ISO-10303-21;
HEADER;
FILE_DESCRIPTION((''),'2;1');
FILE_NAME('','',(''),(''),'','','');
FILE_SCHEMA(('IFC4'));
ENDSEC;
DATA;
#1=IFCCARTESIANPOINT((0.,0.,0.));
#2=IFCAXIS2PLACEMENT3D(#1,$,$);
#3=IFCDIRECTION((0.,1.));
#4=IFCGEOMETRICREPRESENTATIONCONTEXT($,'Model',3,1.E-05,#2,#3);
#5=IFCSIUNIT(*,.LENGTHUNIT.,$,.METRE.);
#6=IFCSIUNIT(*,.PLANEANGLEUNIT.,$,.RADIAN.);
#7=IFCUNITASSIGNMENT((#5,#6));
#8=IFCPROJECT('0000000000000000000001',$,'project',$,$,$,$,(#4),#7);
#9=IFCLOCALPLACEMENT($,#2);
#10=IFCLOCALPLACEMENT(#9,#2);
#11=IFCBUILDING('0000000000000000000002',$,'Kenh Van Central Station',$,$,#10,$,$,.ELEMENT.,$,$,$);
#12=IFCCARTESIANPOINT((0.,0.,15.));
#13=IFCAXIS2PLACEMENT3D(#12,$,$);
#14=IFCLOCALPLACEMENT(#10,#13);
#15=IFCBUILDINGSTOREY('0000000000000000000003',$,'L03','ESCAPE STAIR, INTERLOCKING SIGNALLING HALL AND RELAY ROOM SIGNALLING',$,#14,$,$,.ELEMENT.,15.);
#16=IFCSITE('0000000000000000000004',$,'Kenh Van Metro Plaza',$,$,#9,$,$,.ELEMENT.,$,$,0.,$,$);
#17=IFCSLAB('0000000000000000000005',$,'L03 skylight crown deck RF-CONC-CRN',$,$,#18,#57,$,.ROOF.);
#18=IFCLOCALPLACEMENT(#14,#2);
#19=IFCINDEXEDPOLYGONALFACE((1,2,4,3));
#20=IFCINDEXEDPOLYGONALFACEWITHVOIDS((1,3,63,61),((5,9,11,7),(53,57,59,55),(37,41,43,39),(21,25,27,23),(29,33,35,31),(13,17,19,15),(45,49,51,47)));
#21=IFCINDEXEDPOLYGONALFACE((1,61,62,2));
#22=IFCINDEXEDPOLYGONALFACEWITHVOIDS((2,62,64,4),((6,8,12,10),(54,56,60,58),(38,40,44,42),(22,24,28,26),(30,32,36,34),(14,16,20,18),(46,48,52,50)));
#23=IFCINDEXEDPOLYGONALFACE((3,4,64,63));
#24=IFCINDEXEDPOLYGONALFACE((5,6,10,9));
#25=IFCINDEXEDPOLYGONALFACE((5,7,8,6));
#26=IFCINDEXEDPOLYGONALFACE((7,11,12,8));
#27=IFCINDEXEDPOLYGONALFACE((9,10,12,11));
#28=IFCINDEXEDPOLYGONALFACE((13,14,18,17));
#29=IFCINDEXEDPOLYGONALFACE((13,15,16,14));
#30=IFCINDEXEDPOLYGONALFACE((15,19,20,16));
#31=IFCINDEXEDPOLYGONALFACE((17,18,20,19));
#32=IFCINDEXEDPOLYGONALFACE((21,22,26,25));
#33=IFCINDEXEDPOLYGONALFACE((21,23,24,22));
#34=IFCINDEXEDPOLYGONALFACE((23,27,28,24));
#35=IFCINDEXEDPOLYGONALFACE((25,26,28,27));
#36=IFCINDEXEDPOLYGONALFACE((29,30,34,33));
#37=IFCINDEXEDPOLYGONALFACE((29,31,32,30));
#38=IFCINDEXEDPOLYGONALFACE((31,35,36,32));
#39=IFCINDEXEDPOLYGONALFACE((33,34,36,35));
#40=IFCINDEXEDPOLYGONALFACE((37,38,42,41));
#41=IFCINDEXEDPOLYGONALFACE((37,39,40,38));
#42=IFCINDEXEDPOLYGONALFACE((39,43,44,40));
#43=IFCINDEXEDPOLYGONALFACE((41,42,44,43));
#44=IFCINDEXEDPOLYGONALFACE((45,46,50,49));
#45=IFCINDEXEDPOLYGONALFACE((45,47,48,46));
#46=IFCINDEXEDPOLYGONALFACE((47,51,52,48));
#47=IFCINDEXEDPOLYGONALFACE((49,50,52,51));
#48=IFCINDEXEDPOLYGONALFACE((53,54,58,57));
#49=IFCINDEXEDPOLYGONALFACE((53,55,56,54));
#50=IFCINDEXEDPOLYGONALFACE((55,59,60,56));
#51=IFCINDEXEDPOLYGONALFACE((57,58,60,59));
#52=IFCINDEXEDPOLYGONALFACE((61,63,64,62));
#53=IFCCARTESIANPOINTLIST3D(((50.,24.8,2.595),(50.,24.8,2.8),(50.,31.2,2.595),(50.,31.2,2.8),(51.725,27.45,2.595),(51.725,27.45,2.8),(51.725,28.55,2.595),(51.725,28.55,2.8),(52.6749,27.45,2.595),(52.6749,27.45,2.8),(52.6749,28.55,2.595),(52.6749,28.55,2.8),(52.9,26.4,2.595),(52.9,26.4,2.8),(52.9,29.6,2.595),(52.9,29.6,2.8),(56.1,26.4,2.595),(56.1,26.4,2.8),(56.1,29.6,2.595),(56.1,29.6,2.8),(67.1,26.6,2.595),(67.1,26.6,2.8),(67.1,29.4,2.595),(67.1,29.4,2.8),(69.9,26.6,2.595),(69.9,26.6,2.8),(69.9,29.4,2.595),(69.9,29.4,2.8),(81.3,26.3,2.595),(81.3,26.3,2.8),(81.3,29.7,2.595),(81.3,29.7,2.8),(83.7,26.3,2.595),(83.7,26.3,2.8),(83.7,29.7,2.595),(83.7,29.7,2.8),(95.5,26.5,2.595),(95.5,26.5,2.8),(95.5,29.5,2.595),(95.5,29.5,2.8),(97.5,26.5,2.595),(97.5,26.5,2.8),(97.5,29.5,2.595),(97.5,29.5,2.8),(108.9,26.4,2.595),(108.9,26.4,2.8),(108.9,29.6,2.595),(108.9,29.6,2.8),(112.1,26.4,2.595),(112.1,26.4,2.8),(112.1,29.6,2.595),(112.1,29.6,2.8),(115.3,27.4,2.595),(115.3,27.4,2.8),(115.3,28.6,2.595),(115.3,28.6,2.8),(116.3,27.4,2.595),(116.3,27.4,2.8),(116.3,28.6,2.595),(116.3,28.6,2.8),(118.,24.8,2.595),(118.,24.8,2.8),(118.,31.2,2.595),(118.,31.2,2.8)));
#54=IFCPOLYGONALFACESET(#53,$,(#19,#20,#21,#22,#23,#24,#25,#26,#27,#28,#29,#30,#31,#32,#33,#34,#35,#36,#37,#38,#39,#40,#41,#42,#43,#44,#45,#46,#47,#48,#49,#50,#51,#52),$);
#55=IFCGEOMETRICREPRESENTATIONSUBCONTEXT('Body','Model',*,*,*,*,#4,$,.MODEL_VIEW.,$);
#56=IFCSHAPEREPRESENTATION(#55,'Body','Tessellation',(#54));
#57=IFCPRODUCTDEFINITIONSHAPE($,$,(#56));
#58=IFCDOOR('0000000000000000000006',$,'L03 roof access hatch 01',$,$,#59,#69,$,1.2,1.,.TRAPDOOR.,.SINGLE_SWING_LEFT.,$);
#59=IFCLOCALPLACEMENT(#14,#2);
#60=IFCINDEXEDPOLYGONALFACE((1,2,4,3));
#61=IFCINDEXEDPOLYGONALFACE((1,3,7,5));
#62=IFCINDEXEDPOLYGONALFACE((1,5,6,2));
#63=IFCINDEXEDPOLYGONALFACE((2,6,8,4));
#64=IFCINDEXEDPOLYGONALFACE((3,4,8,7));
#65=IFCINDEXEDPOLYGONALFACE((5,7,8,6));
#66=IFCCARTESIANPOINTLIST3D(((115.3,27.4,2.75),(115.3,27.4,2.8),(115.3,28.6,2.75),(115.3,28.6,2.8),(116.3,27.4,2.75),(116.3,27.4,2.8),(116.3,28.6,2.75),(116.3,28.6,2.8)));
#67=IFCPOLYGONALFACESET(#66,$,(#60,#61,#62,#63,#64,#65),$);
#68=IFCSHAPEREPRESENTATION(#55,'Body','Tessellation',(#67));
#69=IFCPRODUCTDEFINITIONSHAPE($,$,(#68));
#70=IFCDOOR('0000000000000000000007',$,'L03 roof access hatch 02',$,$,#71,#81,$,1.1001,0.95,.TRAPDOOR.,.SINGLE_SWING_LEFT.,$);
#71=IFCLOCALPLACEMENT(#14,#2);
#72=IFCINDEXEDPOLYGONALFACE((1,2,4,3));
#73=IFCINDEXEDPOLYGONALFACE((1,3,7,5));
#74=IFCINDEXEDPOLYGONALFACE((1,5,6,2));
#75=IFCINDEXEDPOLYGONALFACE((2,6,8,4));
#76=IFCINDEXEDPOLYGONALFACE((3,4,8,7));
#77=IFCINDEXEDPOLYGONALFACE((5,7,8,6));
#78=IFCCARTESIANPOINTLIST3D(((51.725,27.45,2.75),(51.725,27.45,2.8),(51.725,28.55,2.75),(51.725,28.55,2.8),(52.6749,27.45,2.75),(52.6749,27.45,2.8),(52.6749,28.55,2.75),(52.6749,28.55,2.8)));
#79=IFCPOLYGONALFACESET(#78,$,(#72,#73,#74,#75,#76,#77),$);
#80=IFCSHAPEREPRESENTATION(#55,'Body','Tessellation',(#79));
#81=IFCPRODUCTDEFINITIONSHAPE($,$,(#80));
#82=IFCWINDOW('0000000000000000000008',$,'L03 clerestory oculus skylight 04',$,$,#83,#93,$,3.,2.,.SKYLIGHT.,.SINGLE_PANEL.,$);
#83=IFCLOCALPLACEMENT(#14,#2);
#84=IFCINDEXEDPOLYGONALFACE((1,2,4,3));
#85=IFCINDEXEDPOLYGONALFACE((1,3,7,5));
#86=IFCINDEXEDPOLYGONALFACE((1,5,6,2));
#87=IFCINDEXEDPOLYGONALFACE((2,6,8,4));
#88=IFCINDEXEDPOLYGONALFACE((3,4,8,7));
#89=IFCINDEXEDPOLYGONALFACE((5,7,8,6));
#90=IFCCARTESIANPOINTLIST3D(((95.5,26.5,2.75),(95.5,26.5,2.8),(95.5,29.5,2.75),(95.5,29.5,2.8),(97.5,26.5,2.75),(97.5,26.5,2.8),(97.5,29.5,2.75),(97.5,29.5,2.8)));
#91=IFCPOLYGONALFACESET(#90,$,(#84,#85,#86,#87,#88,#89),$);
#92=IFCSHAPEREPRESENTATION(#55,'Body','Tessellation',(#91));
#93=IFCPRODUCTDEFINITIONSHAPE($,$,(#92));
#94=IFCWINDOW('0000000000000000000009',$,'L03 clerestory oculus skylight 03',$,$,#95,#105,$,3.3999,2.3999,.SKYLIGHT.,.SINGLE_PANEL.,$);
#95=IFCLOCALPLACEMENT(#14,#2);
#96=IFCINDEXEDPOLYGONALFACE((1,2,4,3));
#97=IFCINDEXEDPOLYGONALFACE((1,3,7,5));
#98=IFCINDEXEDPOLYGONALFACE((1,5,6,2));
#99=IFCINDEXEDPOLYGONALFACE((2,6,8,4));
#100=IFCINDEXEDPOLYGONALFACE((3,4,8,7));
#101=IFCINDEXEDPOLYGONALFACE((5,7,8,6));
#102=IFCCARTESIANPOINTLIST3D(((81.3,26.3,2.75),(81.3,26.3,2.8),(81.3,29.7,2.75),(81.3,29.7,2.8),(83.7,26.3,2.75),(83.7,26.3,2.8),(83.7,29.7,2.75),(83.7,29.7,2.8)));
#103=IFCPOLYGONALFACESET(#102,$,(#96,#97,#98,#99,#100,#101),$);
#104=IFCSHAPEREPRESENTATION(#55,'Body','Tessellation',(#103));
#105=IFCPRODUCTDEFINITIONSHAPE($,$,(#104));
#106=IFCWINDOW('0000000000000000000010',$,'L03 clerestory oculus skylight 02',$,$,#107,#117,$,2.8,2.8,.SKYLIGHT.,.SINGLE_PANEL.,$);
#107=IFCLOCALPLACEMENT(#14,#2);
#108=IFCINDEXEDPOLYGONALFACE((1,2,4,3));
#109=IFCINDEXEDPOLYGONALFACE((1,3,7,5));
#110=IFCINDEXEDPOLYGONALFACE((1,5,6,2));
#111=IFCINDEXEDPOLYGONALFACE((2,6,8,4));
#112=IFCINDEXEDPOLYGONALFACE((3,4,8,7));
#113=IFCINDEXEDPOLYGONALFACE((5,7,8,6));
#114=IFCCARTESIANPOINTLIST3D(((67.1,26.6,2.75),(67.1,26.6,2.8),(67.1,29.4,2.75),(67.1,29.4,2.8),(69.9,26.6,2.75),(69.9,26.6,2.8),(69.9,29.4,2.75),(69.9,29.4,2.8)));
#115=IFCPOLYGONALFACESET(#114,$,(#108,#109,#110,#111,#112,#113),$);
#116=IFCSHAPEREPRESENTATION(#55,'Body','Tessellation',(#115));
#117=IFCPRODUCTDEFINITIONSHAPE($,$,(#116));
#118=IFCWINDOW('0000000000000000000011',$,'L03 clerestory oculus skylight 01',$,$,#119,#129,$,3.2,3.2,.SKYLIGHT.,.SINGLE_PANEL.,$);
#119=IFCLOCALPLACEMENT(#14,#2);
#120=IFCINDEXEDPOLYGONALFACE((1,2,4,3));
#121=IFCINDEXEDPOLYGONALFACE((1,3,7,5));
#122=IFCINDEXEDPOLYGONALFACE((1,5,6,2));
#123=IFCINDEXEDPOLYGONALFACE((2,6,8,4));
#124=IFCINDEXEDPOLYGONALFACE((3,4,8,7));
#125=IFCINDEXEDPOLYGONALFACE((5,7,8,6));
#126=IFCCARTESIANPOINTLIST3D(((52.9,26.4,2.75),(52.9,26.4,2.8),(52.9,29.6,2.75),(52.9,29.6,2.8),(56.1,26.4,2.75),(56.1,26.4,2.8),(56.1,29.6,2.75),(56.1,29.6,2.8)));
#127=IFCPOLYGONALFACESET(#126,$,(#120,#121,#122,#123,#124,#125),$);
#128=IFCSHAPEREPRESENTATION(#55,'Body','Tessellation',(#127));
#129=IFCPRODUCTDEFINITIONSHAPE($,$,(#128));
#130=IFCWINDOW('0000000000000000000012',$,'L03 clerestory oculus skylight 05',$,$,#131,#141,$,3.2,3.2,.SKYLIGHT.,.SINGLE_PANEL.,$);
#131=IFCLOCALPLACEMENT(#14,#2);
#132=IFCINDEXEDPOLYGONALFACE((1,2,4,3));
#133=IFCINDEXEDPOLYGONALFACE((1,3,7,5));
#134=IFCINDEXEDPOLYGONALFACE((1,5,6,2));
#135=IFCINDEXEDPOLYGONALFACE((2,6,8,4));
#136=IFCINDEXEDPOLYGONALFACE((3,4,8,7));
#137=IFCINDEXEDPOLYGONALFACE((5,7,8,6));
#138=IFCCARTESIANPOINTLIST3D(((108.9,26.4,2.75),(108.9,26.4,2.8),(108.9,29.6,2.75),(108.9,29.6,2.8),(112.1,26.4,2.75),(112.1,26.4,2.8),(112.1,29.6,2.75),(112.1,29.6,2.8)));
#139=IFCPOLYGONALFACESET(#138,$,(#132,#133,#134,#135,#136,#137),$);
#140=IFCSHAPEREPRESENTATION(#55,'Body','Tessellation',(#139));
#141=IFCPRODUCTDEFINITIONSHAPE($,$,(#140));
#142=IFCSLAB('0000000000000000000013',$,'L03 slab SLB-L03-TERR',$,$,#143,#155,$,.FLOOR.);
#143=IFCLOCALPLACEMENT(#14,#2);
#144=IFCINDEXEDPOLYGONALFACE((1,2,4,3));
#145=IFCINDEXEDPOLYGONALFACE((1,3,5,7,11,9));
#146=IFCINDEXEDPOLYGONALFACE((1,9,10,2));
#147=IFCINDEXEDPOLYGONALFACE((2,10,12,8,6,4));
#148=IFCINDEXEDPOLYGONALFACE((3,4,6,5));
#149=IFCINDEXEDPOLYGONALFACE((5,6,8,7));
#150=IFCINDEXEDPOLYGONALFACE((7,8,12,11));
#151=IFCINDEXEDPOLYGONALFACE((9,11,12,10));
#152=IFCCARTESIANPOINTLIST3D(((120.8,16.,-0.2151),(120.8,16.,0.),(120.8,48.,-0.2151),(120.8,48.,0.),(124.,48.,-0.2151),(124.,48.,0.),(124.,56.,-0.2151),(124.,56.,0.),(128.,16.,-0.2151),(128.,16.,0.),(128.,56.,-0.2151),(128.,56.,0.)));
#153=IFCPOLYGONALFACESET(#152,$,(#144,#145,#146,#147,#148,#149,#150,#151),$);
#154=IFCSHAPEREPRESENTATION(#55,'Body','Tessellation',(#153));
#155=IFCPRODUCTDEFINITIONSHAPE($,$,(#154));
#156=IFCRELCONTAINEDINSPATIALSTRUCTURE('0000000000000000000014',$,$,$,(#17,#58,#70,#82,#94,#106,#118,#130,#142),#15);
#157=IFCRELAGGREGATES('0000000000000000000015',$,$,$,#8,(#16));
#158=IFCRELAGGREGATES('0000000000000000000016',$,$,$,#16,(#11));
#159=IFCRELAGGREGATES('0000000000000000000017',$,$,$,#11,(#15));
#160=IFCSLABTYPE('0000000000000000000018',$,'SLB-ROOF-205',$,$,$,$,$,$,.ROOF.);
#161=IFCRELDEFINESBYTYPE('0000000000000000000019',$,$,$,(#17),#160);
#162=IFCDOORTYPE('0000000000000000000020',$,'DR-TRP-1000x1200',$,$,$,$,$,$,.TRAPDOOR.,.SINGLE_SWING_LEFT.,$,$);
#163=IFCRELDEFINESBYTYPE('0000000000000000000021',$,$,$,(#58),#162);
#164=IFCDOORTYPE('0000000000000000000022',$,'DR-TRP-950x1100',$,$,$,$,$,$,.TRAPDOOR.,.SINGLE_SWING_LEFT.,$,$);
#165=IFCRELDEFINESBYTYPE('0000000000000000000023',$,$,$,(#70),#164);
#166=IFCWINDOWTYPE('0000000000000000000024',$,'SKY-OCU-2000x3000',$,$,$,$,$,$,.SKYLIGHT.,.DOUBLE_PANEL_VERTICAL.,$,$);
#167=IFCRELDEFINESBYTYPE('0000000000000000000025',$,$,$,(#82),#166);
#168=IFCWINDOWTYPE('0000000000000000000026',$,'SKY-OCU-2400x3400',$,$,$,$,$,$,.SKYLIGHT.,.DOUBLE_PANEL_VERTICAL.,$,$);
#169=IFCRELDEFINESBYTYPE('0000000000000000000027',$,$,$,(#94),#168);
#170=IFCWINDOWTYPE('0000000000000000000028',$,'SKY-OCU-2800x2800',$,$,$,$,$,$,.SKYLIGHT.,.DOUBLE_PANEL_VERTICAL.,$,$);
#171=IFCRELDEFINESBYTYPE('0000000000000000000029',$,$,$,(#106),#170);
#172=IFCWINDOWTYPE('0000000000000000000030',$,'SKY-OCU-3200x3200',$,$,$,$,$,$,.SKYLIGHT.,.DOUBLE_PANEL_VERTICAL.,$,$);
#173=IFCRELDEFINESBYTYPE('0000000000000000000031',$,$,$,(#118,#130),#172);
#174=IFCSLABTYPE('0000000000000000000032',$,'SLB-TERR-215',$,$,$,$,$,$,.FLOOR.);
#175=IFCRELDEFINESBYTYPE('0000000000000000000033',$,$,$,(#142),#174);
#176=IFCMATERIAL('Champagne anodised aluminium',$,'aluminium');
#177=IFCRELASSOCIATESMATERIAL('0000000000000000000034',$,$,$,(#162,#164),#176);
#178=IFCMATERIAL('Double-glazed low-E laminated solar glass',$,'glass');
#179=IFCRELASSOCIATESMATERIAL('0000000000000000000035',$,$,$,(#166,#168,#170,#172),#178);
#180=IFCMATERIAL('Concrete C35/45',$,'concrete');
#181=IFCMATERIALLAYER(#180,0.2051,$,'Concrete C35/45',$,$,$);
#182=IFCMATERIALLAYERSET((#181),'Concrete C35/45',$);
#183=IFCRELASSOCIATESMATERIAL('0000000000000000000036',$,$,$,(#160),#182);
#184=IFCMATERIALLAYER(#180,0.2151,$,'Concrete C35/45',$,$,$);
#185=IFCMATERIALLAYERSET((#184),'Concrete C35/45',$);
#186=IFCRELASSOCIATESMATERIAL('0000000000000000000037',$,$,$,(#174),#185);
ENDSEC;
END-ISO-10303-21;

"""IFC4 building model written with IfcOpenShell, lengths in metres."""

from ifc_helpers import new_model, si_unit, direction, frame, origin, origin_2d, place, context, subcontext, project, spatial, polyline, rectangle, outline, extrude, material, layer, layer_set, type_object, element, fill, save


model = new_model("IFC4")

# Units and contexts
model_context = context("Model", 3, precision=1e-05, world=origin(), true_north=direction((0.0, 1.0)))
body_context = subcontext(model_context, "Body", "Model", "MODEL_VIEW")
ifc_project = project(units=[si_unit("LENGTHUNIT", "METRE"), si_unit("PLANEANGLEUNIT", "RADIAN")], contexts=[model_context])

# Site, building, storey
site_placement = place(None, origin())
site = spatial("IfcSite", under=ifc_project, at=site_placement, Name="Kenh Van Metro Plaza", CompositionType="ELEMENT", RefElevation=0.0)
building_placement = place(site_placement, origin())
building = spatial("IfcBuilding", under=site, at=building_placement, Name="Kenh Van Central Station", CompositionType="ELEMENT")
storey_placement = place(building_placement, frame((0.0, 0.0, 15.0)))
storey = spatial("IfcBuildingStorey", under=building, at=storey_placement, Name="L03", Description="ESCAPE STAIR, INTERLOCKING SIGNALLING HALL AND RELAY ROOM SIGNALLING", CompositionType="ELEMENT", Elevation=15.0)

# Shared definitions
ifc_material_1 = material(Name="Concrete C35/45", Category="concrete")

# Slab, openings, doors, windows
ifc_material_2 = material(Name="Champagne anodised aluminium", Category="aluminium")
door_type_1 = type_object("IfcDoorType", Name="DR-TRP-1000x1200", OperationType="SINGLE_SWING_LEFT", PredefinedType="TRAPDOOR", material=ifc_material_2)
ifc_material_3 = material(Name="Double-glazed low-E laminated solar glass", Category="glass")
window_type_1 = type_object("IfcWindowType", Name="SKY-OCU-2000x3000", PartitioningType="DOUBLE_PANEL_VERTICAL", PredefinedType="SKYLIGHT", material=ifc_material_3)
window_type_2 = type_object("IfcWindowType", Name="SKY-OCU-2400x3400", PartitioningType="DOUBLE_PANEL_VERTICAL", PredefinedType="SKYLIGHT", material=ifc_material_3)
window_type_3 = type_object("IfcWindowType", Name="SKY-OCU-2800x2800", PartitioningType="DOUBLE_PANEL_VERTICAL", PredefinedType="SKYLIGHT", material=ifc_material_3)
window_type_4 = type_object("IfcWindowType", Name="SKY-OCU-3200x3200", PartitioningType="DOUBLE_PANEL_VERTICAL", PredefinedType="SKYLIGHT", material=ifc_material_3)
ifc_layer_1 = layer(ifc_material_1, 0.2051, Name="Concrete C35/45")
ifc_layer_set_1 = layer_set([ifc_layer_1], Name="Concrete C35/45")
slab_type_1 = type_object("IfcSlabType", Name="SLB-ROOF-205", PredefinedType="ROOF", material=ifc_layer_set_1)
slab_1_placement = place(storey_placement, frame((0.0, 0.0, 2.595)))
slab_1 = element("IfcSlab", 1, at=slab_1_placement, inside=storey, type_object=slab_type_1, Name="L03 skylight crown deck RF-CONC-CRN", PredefinedType="ROOF", context=body_context, shape_type="SweptSolid", body=[
    extrude(outline(polyline([(50.0, 24.8), (118.0, 24.8), (118.0, 31.2), (50.0, 31.2), (50.0, 24.8)])), origin(), (0.0, 0.0, 1.0), 0.2051),
])
opening_1_placement = place(slab_1_placement, frame((54.5, 28.0, 0.0)))
opening_1 = element("IfcOpeningElement", 2, at=opening_1_placement, cuts=slab_1, PredefinedType="OPENING", context=body_context, shape_type="SweptSolid", body=[
    extrude(rectangle(XDim=3.2, YDim=3.2, at=origin_2d()), origin(), (0.0, 0.0, 1.0), 0.2051),
])
opening_2_placement = place(slab_1_placement, frame((68.5, 28.0, 0.0)))
opening_2 = element("IfcOpeningElement", 3, at=opening_2_placement, cuts=slab_1, PredefinedType="OPENING", context=body_context, shape_type="SweptSolid", body=[
    extrude(rectangle(XDim=2.8, YDim=2.8, at=origin_2d()), origin(), (0.0, 0.0, 1.0), 0.2051),
])
opening_3_placement = place(slab_1_placement, frame((82.5, 28.0, 0.0)))
opening_3 = element("IfcOpeningElement", 4, at=opening_3_placement, cuts=slab_1, PredefinedType="OPENING", context=body_context, shape_type="SweptSolid", body=[
    extrude(rectangle(XDim=2.3999, YDim=3.3999, at=origin_2d()), origin(), (0.0, 0.0, 1.0), 0.2051),
])
opening_4_placement = place(slab_1_placement, frame((96.5, 28.0, 0.0)))
opening_4 = element("IfcOpeningElement", 5, at=opening_4_placement, cuts=slab_1, PredefinedType="OPENING", context=body_context, shape_type="SweptSolid", body=[
    extrude(rectangle(XDim=2.0, YDim=3.0, at=origin_2d()), origin(), (0.0, 0.0, 1.0), 0.2051),
])
opening_5_placement = place(slab_1_placement, frame((110.5, 28.0, 0.0)))
opening_5 = element("IfcOpeningElement", 6, at=opening_5_placement, cuts=slab_1, PredefinedType="OPENING", context=body_context, shape_type="SweptSolid", body=[
    extrude(rectangle(XDim=3.2, YDim=3.2, at=origin_2d()), origin(), (0.0, 0.0, 1.0), 0.2051),
])
opening_6_placement = place(slab_1_placement, frame((115.8, 28.0, 0.0)))
opening_6 = element("IfcOpeningElement", 7, at=opening_6_placement, cuts=slab_1, PredefinedType="OPENING", context=body_context, shape_type="SweptSolid", body=[
    extrude(rectangle(XDim=1.0, YDim=1.2, at=origin_2d()), origin(), (0.0, 0.0, 1.0), 0.2051),
])
opening_7_placement = place(slab_1_placement, frame((52.2, 28.0, 0.0)))
opening_7 = element("IfcOpeningElement", 8, at=opening_7_placement, cuts=slab_1, PredefinedType="OPENING", context=body_context, shape_type="SweptSolid", body=[
    extrude(rectangle(XDim=0.95, YDim=1.1001, at=origin_2d()), origin(), (0.0, 0.0, 1.0), 0.2051),
])
door_1_placement = place(opening_6_placement, frame((0.0, 0.0, 0.155)))
door_1 = element("IfcDoor", 9, at=door_1_placement, inside=storey, type_object=door_type_1, Name="L03 roof access hatch 01", OperationType="SINGLE_SWING_LEFT", OverallHeight=1.2, OverallWidth=1.0, PredefinedType="TRAPDOOR", context=body_context, shape_type="SweptSolid", body=[
    extrude(rectangle(XDim=1.0, YDim=1.2, at=origin_2d()), origin(), (0.0, 0.0, 1.0), 0.05),
])
fill(opening_6, door_1)
door_type_2 = type_object("IfcDoorType", Name="DR-TRP-950x1100", OperationType="SINGLE_SWING_LEFT", PredefinedType="TRAPDOOR", material=ifc_material_2)
door_2_placement = place(opening_7_placement, frame((0.0, 0.0, 0.155)))
door_2 = element("IfcDoor", 10, at=door_2_placement, inside=storey, type_object=door_type_2, Name="L03 roof access hatch 02", OperationType="SINGLE_SWING_LEFT", OverallHeight=1.1001, OverallWidth=0.95, PredefinedType="TRAPDOOR", context=body_context, shape_type="SweptSolid", body=[
    extrude(rectangle(XDim=0.95, YDim=1.1001, at=origin_2d()), origin(), (0.0, 0.0, 1.0), 0.05),
])
fill(opening_7, door_2)
window_1_placement = place(opening_4_placement, frame((0.0, 0.0, 0.155)))
window_1 = element("IfcWindow", 11, at=window_1_placement, inside=storey, type_object=window_type_1, Name="L03 clerestory oculus skylight 04", OverallHeight=3.0, OverallWidth=2.0, PartitioningType="SINGLE_PANEL", PredefinedType="SKYLIGHT", context=body_context, shape_type="SweptSolid", body=[
    extrude(rectangle(XDim=2.0, YDim=3.0, at=origin_2d()), origin(), (0.0, 0.0, 1.0), 0.05),
])
fill(opening_4, window_1)
window_2_placement = place(opening_3_placement, frame((0.0, 0.0, 0.155)))
window_2 = element("IfcWindow", 12, at=window_2_placement, inside=storey, type_object=window_type_2, Name="L03 clerestory oculus skylight 03", OverallHeight=3.3999, OverallWidth=2.3999, PartitioningType="SINGLE_PANEL", PredefinedType="SKYLIGHT", context=body_context, shape_type="SweptSolid", body=[
    extrude(rectangle(XDim=2.3999, YDim=3.3999, at=origin_2d()), origin(), (0.0, 0.0, 1.0), 0.05),
])
fill(opening_3, window_2)
window_3_placement = place(opening_2_placement, frame((0.0, 0.0, 0.155)))
window_3 = element("IfcWindow", 13, at=window_3_placement, inside=storey, type_object=window_type_3, Name="L03 clerestory oculus skylight 02", OverallHeight=2.8, OverallWidth=2.8, PartitioningType="SINGLE_PANEL", PredefinedType="SKYLIGHT", context=body_context, shape_type="SweptSolid", body=[
    extrude(rectangle(XDim=2.8, YDim=2.8, at=origin_2d()), origin(), (0.0, 0.0, 1.0), 0.05),
])
fill(opening_2, window_3)
window_4_placement = place(opening_1_placement, frame((0.0, 0.0, 0.155)))
window_4 = element("IfcWindow", 14, at=window_4_placement, inside=storey, type_object=window_type_4, Name="L03 clerestory oculus skylight 01", OverallHeight=3.2, OverallWidth=3.2, PartitioningType="SINGLE_PANEL", PredefinedType="SKYLIGHT", context=body_context, shape_type="SweptSolid", body=[
    extrude(rectangle(XDim=3.2, YDim=3.2, at=origin_2d()), origin(), (0.0, 0.0, 1.0), 0.05),
])
fill(opening_1, window_4)
window_5_placement = place(opening_5_placement, frame((0.0, 0.0, 0.155)))
window_5 = element("IfcWindow", 15, at=window_5_placement, inside=storey, type_object=window_type_4, Name="L03 clerestory oculus skylight 05", OverallHeight=3.2, OverallWidth=3.2, PartitioningType="SINGLE_PANEL", PredefinedType="SKYLIGHT", context=body_context, shape_type="SweptSolid", body=[
    extrude(rectangle(XDim=3.2, YDim=3.2, at=origin_2d()), origin(), (0.0, 0.0, 1.0), 0.05),
])
fill(opening_5, window_5)

# Slab
ifc_layer_2 = layer(ifc_material_1, 0.2151, Name="Concrete C35/45")
ifc_layer_set_2 = layer_set([ifc_layer_2], Name="Concrete C35/45")
slab_type_2 = type_object("IfcSlabType", Name="SLB-TERR-215", PredefinedType="FLOOR", material=ifc_layer_set_2)
slab_2_placement = place(storey_placement, frame((0.0, 0.0, -0.2151)))
element("IfcSlab", 16, at=slab_2_placement, inside=storey, type_object=slab_type_2, Name="L03 slab SLB-L03-TERR", PredefinedType="FLOOR", context=body_context, shape_type="SweptSolid", body=[
    extrude(outline(polyline([(128.0, 16.0), (128.0, 56.0), (124.0, 56.0), (124.0, 48.0), (120.8, 48.0), (120.8, 16.0), (128.0, 16.0)])), origin(), (0.0, 0.0, 1.0), 0.2151),
])

save(model, "model.ifc")
